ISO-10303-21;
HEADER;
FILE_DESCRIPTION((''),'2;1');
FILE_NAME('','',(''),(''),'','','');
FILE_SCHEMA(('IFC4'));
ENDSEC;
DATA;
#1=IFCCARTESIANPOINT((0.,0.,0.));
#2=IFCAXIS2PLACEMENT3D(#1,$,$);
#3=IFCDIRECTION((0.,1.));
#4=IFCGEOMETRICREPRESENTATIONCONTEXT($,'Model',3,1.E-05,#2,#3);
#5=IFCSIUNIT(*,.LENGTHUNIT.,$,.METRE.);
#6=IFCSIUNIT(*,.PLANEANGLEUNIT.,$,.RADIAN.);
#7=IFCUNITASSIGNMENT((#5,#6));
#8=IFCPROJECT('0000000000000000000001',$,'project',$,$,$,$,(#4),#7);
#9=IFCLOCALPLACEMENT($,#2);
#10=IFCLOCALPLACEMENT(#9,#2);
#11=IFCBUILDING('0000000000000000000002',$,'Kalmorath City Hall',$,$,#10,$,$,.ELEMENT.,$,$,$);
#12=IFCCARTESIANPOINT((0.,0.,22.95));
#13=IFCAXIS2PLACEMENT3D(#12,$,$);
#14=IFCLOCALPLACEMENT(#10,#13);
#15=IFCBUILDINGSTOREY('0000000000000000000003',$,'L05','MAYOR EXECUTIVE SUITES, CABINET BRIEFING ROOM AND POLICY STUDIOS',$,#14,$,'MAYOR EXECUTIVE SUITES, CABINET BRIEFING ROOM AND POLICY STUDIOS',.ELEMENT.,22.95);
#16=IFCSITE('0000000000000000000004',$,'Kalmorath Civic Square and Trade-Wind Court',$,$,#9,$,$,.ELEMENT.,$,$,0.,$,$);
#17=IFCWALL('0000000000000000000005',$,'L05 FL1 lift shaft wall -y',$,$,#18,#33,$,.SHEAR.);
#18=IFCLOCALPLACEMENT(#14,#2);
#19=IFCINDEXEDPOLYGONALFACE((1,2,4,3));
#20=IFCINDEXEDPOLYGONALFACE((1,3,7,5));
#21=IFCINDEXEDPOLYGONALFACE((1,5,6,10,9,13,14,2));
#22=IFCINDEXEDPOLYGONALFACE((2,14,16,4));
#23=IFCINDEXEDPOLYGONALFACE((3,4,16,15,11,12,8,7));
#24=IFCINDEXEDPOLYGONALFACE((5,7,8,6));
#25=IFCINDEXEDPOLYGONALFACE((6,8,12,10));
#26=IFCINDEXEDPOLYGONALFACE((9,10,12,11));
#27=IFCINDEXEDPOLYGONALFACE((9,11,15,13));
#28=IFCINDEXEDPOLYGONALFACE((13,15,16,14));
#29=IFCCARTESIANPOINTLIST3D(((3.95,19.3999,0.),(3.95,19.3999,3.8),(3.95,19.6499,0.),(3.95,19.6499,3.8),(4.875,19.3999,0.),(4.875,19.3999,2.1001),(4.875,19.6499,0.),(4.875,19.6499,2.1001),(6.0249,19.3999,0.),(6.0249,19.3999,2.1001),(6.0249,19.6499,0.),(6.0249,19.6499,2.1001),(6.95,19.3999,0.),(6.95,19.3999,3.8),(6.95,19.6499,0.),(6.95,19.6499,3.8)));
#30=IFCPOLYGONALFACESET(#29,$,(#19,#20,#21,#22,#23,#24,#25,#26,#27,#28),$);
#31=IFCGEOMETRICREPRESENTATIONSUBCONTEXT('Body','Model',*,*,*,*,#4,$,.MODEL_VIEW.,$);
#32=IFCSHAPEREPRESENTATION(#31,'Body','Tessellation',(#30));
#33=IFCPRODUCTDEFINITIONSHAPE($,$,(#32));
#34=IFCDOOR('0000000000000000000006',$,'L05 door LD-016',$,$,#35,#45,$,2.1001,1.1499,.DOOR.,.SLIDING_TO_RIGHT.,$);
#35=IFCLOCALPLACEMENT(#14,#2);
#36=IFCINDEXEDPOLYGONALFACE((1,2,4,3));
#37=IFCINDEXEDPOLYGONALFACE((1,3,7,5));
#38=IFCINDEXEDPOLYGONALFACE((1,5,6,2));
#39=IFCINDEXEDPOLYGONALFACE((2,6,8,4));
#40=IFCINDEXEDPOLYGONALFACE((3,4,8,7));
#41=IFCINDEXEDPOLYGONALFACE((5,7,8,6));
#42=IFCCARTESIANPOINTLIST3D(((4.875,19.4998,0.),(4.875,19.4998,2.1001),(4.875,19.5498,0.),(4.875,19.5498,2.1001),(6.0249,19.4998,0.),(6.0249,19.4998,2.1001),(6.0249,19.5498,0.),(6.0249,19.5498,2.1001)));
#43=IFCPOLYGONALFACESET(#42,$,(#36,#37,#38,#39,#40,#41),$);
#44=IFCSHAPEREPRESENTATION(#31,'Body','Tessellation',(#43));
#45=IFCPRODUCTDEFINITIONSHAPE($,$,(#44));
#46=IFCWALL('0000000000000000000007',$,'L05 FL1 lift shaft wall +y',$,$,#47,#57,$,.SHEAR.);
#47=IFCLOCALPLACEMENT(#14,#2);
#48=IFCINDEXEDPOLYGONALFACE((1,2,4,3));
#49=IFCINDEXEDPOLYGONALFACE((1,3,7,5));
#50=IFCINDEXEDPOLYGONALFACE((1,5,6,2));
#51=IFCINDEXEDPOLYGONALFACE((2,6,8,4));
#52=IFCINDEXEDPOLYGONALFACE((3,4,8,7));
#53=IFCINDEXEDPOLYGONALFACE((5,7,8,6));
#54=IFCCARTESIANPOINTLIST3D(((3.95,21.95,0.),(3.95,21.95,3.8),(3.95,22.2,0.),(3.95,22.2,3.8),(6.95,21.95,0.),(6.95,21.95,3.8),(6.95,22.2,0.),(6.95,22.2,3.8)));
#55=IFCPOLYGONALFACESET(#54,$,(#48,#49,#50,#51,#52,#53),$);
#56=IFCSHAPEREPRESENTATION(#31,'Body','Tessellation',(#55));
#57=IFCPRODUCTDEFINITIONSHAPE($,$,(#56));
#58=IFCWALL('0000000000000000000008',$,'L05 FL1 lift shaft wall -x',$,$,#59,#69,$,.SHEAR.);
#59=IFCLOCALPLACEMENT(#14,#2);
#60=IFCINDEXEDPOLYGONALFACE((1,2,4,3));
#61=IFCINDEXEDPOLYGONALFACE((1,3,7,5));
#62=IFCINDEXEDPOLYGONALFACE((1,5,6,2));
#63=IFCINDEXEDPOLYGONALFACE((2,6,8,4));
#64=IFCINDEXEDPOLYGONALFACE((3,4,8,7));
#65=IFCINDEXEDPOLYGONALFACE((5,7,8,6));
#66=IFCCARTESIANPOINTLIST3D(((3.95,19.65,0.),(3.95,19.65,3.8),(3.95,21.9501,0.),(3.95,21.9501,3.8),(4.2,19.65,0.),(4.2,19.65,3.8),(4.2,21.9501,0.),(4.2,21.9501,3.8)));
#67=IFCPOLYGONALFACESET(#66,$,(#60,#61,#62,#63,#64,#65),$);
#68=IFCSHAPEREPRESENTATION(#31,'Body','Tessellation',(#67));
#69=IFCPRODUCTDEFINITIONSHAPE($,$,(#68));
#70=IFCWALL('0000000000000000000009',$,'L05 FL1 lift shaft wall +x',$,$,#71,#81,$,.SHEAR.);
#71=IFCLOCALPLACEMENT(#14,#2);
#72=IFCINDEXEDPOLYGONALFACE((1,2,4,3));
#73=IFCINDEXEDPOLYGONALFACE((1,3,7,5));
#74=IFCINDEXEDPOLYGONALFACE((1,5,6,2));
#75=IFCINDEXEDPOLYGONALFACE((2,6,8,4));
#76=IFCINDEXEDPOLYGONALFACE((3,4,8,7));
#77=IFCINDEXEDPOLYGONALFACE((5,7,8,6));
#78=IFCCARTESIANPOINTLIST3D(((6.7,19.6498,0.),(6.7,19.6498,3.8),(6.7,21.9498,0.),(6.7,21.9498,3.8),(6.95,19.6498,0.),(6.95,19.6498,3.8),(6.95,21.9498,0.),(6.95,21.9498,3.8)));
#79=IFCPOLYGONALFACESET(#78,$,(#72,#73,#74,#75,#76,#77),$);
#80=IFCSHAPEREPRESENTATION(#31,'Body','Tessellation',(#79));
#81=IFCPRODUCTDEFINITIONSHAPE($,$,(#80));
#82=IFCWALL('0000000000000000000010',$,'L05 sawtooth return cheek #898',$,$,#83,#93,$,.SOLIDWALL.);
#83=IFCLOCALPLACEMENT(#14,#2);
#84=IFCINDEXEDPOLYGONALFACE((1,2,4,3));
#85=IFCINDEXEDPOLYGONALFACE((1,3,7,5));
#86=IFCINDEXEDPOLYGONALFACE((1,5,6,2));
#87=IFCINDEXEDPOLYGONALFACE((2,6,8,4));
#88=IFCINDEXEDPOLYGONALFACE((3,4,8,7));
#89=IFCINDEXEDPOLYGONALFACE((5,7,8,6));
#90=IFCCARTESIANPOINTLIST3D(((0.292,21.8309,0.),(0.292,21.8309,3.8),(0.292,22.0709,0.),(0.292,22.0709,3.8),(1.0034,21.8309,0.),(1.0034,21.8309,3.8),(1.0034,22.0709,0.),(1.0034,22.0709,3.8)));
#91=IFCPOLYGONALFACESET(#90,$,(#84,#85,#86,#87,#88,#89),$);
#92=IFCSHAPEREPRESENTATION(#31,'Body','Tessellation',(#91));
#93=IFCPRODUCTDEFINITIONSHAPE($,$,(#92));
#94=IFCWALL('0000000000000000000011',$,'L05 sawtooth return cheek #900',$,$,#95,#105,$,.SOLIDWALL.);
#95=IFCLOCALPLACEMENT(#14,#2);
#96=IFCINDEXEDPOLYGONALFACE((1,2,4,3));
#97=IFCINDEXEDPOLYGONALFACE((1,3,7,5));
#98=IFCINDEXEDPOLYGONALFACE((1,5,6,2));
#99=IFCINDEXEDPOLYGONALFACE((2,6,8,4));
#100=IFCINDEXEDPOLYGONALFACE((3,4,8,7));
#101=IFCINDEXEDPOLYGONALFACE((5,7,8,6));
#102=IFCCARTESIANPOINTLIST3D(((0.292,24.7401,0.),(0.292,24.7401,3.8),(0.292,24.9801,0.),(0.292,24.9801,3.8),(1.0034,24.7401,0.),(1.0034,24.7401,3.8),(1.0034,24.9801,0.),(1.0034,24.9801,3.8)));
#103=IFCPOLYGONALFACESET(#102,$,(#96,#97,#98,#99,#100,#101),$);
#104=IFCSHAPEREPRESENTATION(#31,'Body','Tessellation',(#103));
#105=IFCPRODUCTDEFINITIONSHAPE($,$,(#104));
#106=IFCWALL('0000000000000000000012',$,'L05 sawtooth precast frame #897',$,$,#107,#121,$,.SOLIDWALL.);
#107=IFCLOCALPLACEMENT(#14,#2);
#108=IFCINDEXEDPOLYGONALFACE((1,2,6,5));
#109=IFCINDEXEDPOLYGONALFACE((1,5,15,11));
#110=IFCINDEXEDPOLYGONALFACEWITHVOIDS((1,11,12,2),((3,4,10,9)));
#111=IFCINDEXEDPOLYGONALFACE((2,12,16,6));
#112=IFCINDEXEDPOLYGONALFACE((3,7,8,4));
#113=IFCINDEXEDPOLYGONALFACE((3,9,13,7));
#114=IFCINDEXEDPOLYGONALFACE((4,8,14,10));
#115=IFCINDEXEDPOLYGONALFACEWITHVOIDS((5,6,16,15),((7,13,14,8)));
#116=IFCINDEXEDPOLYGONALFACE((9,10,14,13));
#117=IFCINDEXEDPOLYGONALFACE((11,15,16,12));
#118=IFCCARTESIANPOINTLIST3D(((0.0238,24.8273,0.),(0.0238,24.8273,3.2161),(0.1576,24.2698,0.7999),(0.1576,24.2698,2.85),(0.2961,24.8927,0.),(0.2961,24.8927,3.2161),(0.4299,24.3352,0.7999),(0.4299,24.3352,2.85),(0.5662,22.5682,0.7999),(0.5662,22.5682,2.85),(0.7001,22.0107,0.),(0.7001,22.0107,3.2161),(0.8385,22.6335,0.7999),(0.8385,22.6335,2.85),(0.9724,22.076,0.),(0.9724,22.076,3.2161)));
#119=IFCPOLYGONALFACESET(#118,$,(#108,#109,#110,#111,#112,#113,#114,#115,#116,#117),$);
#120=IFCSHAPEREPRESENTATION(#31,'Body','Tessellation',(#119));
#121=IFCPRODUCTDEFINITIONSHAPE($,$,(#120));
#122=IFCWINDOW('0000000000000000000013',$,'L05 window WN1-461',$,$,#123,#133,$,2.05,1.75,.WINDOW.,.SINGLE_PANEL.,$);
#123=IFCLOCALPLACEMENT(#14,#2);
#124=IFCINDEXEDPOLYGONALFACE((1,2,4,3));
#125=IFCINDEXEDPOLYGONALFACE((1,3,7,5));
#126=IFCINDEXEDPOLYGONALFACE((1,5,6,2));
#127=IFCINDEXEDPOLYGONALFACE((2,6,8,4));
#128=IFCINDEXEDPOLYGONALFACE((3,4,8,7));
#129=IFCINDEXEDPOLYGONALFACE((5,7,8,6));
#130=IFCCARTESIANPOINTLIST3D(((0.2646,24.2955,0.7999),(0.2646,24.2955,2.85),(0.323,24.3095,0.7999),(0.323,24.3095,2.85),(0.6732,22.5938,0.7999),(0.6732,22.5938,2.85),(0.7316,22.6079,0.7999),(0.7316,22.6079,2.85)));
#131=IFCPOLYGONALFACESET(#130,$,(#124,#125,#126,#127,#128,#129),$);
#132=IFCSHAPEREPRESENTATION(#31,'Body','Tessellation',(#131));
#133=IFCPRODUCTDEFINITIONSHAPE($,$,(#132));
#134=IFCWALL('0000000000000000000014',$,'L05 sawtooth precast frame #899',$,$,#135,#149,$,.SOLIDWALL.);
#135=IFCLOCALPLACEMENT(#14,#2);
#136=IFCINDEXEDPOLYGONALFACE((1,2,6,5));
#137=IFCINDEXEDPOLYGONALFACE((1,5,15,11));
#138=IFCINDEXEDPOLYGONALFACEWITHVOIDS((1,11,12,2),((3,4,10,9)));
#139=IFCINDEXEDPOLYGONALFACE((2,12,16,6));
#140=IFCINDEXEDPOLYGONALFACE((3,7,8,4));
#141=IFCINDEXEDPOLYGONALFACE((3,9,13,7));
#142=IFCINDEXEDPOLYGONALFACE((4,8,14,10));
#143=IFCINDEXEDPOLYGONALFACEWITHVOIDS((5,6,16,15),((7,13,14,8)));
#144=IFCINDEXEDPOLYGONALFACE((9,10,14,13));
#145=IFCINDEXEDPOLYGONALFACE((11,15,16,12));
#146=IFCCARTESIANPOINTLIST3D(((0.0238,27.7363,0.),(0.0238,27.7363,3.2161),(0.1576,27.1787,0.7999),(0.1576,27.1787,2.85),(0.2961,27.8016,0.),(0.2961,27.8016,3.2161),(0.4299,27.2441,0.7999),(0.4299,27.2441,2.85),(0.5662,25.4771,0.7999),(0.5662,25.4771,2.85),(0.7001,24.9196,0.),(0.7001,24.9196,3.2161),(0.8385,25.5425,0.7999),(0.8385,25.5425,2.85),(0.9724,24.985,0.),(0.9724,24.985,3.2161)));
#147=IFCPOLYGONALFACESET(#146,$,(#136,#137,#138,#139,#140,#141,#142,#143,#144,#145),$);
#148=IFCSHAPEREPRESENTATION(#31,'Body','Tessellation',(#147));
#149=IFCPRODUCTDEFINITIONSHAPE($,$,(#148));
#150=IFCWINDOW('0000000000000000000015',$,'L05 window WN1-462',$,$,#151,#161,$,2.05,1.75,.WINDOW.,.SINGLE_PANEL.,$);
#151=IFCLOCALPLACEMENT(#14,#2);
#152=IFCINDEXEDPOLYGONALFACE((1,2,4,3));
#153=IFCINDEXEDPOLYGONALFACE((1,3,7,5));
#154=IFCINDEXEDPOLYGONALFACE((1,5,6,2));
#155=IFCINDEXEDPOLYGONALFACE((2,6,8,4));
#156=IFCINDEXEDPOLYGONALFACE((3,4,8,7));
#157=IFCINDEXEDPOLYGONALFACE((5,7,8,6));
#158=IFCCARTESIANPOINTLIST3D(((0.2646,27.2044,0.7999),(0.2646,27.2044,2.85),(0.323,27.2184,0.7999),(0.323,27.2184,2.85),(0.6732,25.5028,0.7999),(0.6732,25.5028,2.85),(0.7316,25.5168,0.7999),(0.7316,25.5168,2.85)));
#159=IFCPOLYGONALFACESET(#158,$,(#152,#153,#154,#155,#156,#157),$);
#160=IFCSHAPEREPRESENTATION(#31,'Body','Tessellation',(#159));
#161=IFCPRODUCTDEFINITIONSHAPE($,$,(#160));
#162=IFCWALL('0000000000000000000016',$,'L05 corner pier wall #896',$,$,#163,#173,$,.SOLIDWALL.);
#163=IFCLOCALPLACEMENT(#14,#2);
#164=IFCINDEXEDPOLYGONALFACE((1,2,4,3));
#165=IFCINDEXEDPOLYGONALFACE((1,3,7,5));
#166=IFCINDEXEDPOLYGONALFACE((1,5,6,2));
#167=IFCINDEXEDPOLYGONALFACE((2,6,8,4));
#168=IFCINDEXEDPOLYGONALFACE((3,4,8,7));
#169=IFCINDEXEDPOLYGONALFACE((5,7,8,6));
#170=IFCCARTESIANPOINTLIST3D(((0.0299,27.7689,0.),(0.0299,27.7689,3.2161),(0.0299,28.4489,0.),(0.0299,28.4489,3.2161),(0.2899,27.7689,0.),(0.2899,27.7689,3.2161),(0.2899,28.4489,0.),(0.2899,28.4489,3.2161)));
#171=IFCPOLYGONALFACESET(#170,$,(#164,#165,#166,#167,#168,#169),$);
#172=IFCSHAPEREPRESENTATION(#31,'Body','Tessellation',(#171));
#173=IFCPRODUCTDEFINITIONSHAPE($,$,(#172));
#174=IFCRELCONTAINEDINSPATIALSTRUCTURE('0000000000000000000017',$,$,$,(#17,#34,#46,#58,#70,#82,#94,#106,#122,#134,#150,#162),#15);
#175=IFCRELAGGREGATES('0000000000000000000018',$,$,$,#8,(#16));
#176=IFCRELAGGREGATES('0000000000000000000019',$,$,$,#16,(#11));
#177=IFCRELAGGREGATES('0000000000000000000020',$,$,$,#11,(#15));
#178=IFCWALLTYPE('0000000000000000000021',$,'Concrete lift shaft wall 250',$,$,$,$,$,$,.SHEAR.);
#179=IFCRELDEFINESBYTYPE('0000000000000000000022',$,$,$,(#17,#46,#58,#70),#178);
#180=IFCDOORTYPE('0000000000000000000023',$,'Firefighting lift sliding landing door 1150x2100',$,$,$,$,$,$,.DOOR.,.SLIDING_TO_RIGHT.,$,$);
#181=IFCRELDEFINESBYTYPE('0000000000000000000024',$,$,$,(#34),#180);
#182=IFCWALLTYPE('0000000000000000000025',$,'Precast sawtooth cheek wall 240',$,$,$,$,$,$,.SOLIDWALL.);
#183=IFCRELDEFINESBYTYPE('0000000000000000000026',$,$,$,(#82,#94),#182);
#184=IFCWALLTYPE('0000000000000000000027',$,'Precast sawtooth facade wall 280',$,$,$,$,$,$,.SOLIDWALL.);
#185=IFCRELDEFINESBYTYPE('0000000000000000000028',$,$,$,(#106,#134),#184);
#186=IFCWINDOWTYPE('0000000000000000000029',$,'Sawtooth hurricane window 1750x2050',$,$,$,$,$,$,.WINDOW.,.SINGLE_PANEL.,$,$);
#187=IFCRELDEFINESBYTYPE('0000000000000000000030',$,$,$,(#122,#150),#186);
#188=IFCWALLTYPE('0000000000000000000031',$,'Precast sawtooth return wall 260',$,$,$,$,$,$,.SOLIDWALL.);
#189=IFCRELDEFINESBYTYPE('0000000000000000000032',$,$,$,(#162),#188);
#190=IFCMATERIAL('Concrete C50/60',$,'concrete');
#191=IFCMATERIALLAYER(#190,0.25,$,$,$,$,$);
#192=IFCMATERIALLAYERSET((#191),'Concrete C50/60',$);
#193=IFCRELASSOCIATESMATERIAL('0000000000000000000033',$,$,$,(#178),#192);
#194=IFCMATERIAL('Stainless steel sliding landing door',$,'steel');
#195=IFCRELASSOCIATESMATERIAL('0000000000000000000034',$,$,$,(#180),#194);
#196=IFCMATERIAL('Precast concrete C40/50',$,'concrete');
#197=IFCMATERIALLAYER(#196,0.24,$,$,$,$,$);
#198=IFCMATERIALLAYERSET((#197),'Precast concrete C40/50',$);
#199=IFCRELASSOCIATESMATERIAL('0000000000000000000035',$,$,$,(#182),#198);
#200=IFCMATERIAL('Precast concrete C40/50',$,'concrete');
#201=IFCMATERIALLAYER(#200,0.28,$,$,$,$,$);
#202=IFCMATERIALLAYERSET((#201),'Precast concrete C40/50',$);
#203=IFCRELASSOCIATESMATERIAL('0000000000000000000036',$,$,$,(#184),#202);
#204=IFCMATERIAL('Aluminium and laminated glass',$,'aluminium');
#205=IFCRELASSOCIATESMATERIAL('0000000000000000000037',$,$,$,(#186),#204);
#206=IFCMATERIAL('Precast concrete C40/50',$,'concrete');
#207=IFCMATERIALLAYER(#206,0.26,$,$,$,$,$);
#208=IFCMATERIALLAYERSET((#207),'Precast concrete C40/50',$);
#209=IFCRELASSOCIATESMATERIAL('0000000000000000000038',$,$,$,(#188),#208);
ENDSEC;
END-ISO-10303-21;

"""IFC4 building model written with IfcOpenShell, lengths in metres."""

from ifc_helpers import new_model, si_unit, direction, frame, frame_2d, origin, place, context, subcontext, project, spatial, rectangle, extrude, material, layer, layer_set, type_object, element, fill, save


model = new_model("IFC4")

# Units and contexts
model_context = context("Model", 3, precision=1e-05, world=origin(), true_north=direction((0.0, 1.0)))
body_context = subcontext(model_context, "Body", "Model", "MODEL_VIEW")
ifc_project = project(units=[si_unit("LENGTHUNIT", "METRE"), si_unit("PLANEANGLEUNIT", "RADIAN")], contexts=[model_context])

# Site, building, storey
site_placement = place(None, origin())
site = spatial("IfcSite", under=ifc_project, at=site_placement, Name="Kalmorath Civic Square and Trade-Wind Court", CompositionType="ELEMENT", RefElevation=0.0)
building_placement = place(site_placement, origin())
building = spatial("IfcBuilding", under=site, at=building_placement, Name="Kalmorath City Hall", CompositionType="ELEMENT")
storey_placement = place(building_placement, frame((0.0, 0.0, 22.95)))
storey = spatial("IfcBuildingStorey", under=building, at=storey_placement, Name="L05", Description="MAYOR EXECUTIVE SUITES, CABINET BRIEFING ROOM AND POLICY STUDIOS", LongName="MAYOR EXECUTIVE SUITES, CABINET BRIEFING ROOM AND POLICY STUDIOS", CompositionType="ELEMENT", Elevation=22.95)

# Wall, opening, door
ifc_material_1 = material(Name="Concrete C50/60", Category="concrete")
ifc_layer_1 = layer(ifc_material_1, 0.25)
ifc_layer_set_1 = layer_set([ifc_layer_1], Name="Concrete C50/60")
wall_type_1 = type_object("IfcWallType", Name="Concrete lift shaft wall 250", PredefinedType="SHEAR", material=ifc_layer_set_1)
wall_1_placement = place(storey_placement, frame((3.95, 19.5249, 0.0), z_axis=(0.0, 0.0, 1.0), x_axis=(1.0, 0.0, 0.0)))
wall_1 = element("IfcWall", 1, at=wall_1_placement, inside=storey, type_object=wall_type_1, Name="L05 FL1 lift shaft wall -y", PredefinedType="SHEAR", context=body_context, shape_type="SweptSolid", body=[
    extrude(rectangle(XDim=3.0, YDim=0.25, at=frame_2d((1.5, 0.0))), origin(), (0.0, 0.0, 1.0), 3.8),
])
opening_1_placement = place(wall_1_placement, frame((0.925, 0.0, 0.0)))
opening_1 = element("IfcOpeningElement", 2, at=opening_1_placement, cuts=wall_1, PredefinedType="OPENING", context=body_context, shape_type="SweptSolid", body=[
    extrude(rectangle(XDim=1.1499, YDim=2.1001, at=frame_2d((0.575, 1.05))), frame((0.0, 0.135, 0.0), z_axis=(0.0, -1.0, 0.0), x_axis=(1.0, 0.0, 0.0)), (0.0, 0.0, 1.0), 0.27),
])
ifc_material_2 = material(Name="Stainless steel sliding landing door", Category="steel")
door_type_1 = type_object("IfcDoorType", Name="Firefighting lift sliding landing door 1150x2100", OperationType="SLIDING_TO_RIGHT", PredefinedType="DOOR", material=ifc_material_2)
door_1_placement = place(opening_1_placement, origin())
door_1 = element("IfcDoor", 3, at=door_1_placement, inside=storey, type_object=door_type_1, Name="L05 door LD-016", OperationType="SLIDING_TO_RIGHT", OverallHeight=2.1001, OverallWidth=1.1499, PredefinedType="DOOR", context=body_context, shape_type="SweptSolid", body=[
    extrude(rectangle(XDim=1.1499, YDim=2.1001, at=frame_2d((0.575, 1.05))), frame((0.0, 0.0249, 0.0), z_axis=(0.0, -1.0, 0.0), x_axis=(1.0, 0.0, 0.0)), (0.0, 0.0, 1.0), 0.05),
])
fill(opening_1, door_1)

# Walls
wall_2_placement = place(storey_placement, frame((6.95, 22.075, 0.0), z_axis=(0.0, 0.0, 1.0), x_axis=(-1.0, 0.0, 0.0)))
element("IfcWall", 4, at=wall_2_placement, inside=storey, type_object=wall_type_1, Name="L05 FL1 lift shaft wall +y", PredefinedType="SHEAR", context=body_context, shape_type="SweptSolid", body=[
    extrude(rectangle(XDim=3.0, YDim=0.25, at=frame_2d((1.5, 0.0))), origin(), (0.0, 0.0, 1.0), 3.8),
])
for number, where, z_axis, x_axis, name in (
    (5, (4.075, 21.95, 0.0), (0.0, 0.0, 1.0), (0.0, -1.0, 0.0), "L05 FL1 lift shaft wall -x"),
    (6, (6.825, 19.6499, 0.0), (0.0, 0.0, 1.0), (0.0, 1.0, 0.0), "L05 FL1 lift shaft wall +x"),
):
    element("IfcWall", number, at=place(storey_placement, frame(where, z_axis=z_axis, x_axis=x_axis)), inside=storey, type_object=wall_type_1, Name=name, PredefinedType="SHEAR", context=body_context, shape_type="SweptSolid", body=[
        extrude(rectangle(XDim=2.3, YDim=0.25, at=frame_2d((1.1499, 0.0))), origin(), (0.0, 0.0, 1.0), 3.8),
    ])
ifc_material_3 = material(Name="Precast concrete C40/50", Category="concrete")
ifc_layer_2 = layer(ifc_material_3, 0.24)
ifc_layer_set_2 = layer_set([ifc_layer_2], Name="Precast concrete C40/50")
wall_type_2 = type_object("IfcWallType", Name="Precast sawtooth cheek wall 240", PredefinedType="SOLIDWALL", material=ifc_layer_set_2)
for number, where, z_axis, x_axis, name in (
    (7, (1.0034, 21.9509, 0.0), (0.0, 0.0, 1.0), (-1.0, 0.0, 0.0), "L05 sawtooth return cheek #898"),
    (8, (1.0034, 24.8601, 0.0), (0.0, 0.0, 1.0), (-1.0, 0.0, 0.0), "L05 sawtooth return cheek #900"),
):
    element("IfcWall", number, at=place(storey_placement, frame(where, z_axis=z_axis, x_axis=x_axis)), inside=storey, type_object=wall_type_2, Name=name, PredefinedType="SOLIDWALL", context=body_context, shape_type="SweptSolid", body=[
        extrude(rectangle(XDim=0.7114, YDim=0.24, at=frame_2d((0.3557, 0.0))), origin(), (0.0, 0.0, 1.0), 3.8),
    ])

# Walls, openings, windows
ifc_material_4 = material(Name="Precast concrete C40/50", Category="concrete")
ifc_layer_3 = layer(ifc_material_4, 0.28)
ifc_layer_set_3 = layer_set([ifc_layer_3], Name="Precast concrete C40/50")
wall_type_3 = type_object("IfcWallType", Name="Precast sawtooth facade wall 280", PredefinedType="SOLIDWALL", material=ifc_layer_set_3)
wall_3_placement = place(storey_placement, frame((0.8362, 22.0435, 0.0), z_axis=(0.0, 0.0, 1.0), x_axis=(-0.233462, 0.972366, 0.0)))
wall_3 = element("IfcWall", 9, at=wall_3_placement, inside=storey, type_object=wall_type_3, Name="L05 sawtooth precast frame #897", PredefinedType="SOLIDWALL", context=body_context, shape_type="SweptSolid", body=[
    extrude(rectangle(XDim=2.8967, YDim=0.28, at=frame_2d((1.4482, 0.0))), origin(), (0.0, 0.0, 1.0), 3.2161),
])
opening_2_placement = place(wall_3_placement, frame((0.5732, 0.0, 0.8)))
opening_2 = element("IfcOpeningElement", 10, at=opening_2_placement, cuts=wall_3, PredefinedType="OPENING", context=body_context, shape_type="SweptSolid", body=[
    extrude(rectangle(XDim=1.75, YDim=2.05, at=frame_2d((0.875, 1.0249))), frame((0.0, 0.1499, 0.0), z_axis=(0.0, -1.0, 0.0), x_axis=(1.0, 0.0, 0.0)), (0.0, 0.0, 1.0), 0.3),
])
ifc_material_5 = material(Name="Aluminium and laminated glass", Category="aluminium")
window_type_1 = type_object("IfcWindowType", Name="Sawtooth hurricane window 1750x2050", PartitioningType="SINGLE_PANEL", PredefinedType="WINDOW", material=ifc_material_5)
window_1_placement = place(opening_2_placement, origin())
window_1 = element("IfcWindow", 11, at=window_1_placement, inside=storey, type_object=window_type_1, Name="L05 window WN1-461", OverallHeight=2.05, OverallWidth=1.75, PartitioningType="SINGLE_PANEL", PredefinedType="WINDOW", context=body_context, shape_type="SweptSolid", body=[
    extrude(rectangle(XDim=1.75, YDim=2.05, at=frame_2d((0.875, 1.0249))), frame((0.0, 0.03, 0.0), z_axis=(0.0, -1.0, 0.0), x_axis=(1.0, 0.0, 0.0)), (0.0, 0.0, 1.0), 0.0601),
])
fill(opening_2, window_1)
wall_4_placement = place(storey_placement, frame((0.8362, 24.9524, 0.0), z_axis=(0.0, 0.0, 1.0), x_axis=(-0.233462, 0.972366, 0.0)))
wall_4 = element("IfcWall", 12, at=wall_4_placement, inside=storey, type_object=wall_type_3, Name="L05 sawtooth precast frame #899", PredefinedType="SOLIDWALL", context=body_context, shape_type="SweptSolid", body=[
    extrude(rectangle(XDim=2.8967, YDim=0.28, at=frame_2d((1.4482, 0.0))), origin(), (0.0, 0.0, 1.0), 3.2161),
])
opening_3_placement = place(wall_4_placement, frame((0.5732, 0.0, 0.8)))
opening_3 = element("IfcOpeningElement", 13, at=opening_3_placement, cuts=wall_4, PredefinedType="OPENING", context=body_context, shape_type="SweptSolid", body=[
    extrude(rectangle(XDim=1.75, YDim=2.05, at=frame_2d((0.875, 1.0249))), frame((0.0, 0.1499, 0.0), z_axis=(0.0, -1.0, 0.0), x_axis=(1.0, 0.0, 0.0)), (0.0, 0.0, 1.0), 0.3),
])
window_2_placement = place(opening_3_placement, origin())
window_2 = element("IfcWindow", 14, at=window_2_placement, inside=storey, type_object=window_type_1, Name="L05 window WN1-462", OverallHeight=2.05, OverallWidth=1.75, PartitioningType="SINGLE_PANEL", PredefinedType="WINDOW", context=body_context, shape_type="SweptSolid", body=[
    extrude(rectangle(XDim=1.75, YDim=2.05, at=frame_2d((0.875, 1.0249))), frame((0.0, 0.03, 0.0), z_axis=(0.0, -1.0, 0.0), x_axis=(1.0, 0.0, 0.0)), (0.0, 0.0, 1.0), 0.0601),
])
fill(opening_3, window_2)

# Wall
ifc_material_6 = material(Name="Precast concrete C40/50", Category="concrete")
ifc_layer_4 = layer(ifc_material_6, 0.26)
ifc_layer_set_4 = layer_set([ifc_layer_4], Name="Precast concrete C40/50")
wall_type_4 = type_object("IfcWallType", Name="Precast sawtooth return wall 260", PredefinedType="SOLIDWALL", material=ifc_layer_set_4)
wall_5_placement = place(storey_placement, frame((0.1599, 27.769, 0.0), z_axis=(0.0, 0.0, 1.0), x_axis=(0.0, 1.0, 0.0)))
element("IfcWall", 15, at=wall_5_placement, inside=storey, type_object=wall_type_4, Name="L05 corner pier wall #896", PredefinedType="SOLIDWALL", context=body_context, shape_type="SweptSolid", body=[
    extrude(rectangle(XDim=0.6799, YDim=0.26, at=frame_2d((0.3398, 0.0))), origin(), (0.0, 0.0, 1.0), 3.2161),
])

save(model, "model.ifc")
